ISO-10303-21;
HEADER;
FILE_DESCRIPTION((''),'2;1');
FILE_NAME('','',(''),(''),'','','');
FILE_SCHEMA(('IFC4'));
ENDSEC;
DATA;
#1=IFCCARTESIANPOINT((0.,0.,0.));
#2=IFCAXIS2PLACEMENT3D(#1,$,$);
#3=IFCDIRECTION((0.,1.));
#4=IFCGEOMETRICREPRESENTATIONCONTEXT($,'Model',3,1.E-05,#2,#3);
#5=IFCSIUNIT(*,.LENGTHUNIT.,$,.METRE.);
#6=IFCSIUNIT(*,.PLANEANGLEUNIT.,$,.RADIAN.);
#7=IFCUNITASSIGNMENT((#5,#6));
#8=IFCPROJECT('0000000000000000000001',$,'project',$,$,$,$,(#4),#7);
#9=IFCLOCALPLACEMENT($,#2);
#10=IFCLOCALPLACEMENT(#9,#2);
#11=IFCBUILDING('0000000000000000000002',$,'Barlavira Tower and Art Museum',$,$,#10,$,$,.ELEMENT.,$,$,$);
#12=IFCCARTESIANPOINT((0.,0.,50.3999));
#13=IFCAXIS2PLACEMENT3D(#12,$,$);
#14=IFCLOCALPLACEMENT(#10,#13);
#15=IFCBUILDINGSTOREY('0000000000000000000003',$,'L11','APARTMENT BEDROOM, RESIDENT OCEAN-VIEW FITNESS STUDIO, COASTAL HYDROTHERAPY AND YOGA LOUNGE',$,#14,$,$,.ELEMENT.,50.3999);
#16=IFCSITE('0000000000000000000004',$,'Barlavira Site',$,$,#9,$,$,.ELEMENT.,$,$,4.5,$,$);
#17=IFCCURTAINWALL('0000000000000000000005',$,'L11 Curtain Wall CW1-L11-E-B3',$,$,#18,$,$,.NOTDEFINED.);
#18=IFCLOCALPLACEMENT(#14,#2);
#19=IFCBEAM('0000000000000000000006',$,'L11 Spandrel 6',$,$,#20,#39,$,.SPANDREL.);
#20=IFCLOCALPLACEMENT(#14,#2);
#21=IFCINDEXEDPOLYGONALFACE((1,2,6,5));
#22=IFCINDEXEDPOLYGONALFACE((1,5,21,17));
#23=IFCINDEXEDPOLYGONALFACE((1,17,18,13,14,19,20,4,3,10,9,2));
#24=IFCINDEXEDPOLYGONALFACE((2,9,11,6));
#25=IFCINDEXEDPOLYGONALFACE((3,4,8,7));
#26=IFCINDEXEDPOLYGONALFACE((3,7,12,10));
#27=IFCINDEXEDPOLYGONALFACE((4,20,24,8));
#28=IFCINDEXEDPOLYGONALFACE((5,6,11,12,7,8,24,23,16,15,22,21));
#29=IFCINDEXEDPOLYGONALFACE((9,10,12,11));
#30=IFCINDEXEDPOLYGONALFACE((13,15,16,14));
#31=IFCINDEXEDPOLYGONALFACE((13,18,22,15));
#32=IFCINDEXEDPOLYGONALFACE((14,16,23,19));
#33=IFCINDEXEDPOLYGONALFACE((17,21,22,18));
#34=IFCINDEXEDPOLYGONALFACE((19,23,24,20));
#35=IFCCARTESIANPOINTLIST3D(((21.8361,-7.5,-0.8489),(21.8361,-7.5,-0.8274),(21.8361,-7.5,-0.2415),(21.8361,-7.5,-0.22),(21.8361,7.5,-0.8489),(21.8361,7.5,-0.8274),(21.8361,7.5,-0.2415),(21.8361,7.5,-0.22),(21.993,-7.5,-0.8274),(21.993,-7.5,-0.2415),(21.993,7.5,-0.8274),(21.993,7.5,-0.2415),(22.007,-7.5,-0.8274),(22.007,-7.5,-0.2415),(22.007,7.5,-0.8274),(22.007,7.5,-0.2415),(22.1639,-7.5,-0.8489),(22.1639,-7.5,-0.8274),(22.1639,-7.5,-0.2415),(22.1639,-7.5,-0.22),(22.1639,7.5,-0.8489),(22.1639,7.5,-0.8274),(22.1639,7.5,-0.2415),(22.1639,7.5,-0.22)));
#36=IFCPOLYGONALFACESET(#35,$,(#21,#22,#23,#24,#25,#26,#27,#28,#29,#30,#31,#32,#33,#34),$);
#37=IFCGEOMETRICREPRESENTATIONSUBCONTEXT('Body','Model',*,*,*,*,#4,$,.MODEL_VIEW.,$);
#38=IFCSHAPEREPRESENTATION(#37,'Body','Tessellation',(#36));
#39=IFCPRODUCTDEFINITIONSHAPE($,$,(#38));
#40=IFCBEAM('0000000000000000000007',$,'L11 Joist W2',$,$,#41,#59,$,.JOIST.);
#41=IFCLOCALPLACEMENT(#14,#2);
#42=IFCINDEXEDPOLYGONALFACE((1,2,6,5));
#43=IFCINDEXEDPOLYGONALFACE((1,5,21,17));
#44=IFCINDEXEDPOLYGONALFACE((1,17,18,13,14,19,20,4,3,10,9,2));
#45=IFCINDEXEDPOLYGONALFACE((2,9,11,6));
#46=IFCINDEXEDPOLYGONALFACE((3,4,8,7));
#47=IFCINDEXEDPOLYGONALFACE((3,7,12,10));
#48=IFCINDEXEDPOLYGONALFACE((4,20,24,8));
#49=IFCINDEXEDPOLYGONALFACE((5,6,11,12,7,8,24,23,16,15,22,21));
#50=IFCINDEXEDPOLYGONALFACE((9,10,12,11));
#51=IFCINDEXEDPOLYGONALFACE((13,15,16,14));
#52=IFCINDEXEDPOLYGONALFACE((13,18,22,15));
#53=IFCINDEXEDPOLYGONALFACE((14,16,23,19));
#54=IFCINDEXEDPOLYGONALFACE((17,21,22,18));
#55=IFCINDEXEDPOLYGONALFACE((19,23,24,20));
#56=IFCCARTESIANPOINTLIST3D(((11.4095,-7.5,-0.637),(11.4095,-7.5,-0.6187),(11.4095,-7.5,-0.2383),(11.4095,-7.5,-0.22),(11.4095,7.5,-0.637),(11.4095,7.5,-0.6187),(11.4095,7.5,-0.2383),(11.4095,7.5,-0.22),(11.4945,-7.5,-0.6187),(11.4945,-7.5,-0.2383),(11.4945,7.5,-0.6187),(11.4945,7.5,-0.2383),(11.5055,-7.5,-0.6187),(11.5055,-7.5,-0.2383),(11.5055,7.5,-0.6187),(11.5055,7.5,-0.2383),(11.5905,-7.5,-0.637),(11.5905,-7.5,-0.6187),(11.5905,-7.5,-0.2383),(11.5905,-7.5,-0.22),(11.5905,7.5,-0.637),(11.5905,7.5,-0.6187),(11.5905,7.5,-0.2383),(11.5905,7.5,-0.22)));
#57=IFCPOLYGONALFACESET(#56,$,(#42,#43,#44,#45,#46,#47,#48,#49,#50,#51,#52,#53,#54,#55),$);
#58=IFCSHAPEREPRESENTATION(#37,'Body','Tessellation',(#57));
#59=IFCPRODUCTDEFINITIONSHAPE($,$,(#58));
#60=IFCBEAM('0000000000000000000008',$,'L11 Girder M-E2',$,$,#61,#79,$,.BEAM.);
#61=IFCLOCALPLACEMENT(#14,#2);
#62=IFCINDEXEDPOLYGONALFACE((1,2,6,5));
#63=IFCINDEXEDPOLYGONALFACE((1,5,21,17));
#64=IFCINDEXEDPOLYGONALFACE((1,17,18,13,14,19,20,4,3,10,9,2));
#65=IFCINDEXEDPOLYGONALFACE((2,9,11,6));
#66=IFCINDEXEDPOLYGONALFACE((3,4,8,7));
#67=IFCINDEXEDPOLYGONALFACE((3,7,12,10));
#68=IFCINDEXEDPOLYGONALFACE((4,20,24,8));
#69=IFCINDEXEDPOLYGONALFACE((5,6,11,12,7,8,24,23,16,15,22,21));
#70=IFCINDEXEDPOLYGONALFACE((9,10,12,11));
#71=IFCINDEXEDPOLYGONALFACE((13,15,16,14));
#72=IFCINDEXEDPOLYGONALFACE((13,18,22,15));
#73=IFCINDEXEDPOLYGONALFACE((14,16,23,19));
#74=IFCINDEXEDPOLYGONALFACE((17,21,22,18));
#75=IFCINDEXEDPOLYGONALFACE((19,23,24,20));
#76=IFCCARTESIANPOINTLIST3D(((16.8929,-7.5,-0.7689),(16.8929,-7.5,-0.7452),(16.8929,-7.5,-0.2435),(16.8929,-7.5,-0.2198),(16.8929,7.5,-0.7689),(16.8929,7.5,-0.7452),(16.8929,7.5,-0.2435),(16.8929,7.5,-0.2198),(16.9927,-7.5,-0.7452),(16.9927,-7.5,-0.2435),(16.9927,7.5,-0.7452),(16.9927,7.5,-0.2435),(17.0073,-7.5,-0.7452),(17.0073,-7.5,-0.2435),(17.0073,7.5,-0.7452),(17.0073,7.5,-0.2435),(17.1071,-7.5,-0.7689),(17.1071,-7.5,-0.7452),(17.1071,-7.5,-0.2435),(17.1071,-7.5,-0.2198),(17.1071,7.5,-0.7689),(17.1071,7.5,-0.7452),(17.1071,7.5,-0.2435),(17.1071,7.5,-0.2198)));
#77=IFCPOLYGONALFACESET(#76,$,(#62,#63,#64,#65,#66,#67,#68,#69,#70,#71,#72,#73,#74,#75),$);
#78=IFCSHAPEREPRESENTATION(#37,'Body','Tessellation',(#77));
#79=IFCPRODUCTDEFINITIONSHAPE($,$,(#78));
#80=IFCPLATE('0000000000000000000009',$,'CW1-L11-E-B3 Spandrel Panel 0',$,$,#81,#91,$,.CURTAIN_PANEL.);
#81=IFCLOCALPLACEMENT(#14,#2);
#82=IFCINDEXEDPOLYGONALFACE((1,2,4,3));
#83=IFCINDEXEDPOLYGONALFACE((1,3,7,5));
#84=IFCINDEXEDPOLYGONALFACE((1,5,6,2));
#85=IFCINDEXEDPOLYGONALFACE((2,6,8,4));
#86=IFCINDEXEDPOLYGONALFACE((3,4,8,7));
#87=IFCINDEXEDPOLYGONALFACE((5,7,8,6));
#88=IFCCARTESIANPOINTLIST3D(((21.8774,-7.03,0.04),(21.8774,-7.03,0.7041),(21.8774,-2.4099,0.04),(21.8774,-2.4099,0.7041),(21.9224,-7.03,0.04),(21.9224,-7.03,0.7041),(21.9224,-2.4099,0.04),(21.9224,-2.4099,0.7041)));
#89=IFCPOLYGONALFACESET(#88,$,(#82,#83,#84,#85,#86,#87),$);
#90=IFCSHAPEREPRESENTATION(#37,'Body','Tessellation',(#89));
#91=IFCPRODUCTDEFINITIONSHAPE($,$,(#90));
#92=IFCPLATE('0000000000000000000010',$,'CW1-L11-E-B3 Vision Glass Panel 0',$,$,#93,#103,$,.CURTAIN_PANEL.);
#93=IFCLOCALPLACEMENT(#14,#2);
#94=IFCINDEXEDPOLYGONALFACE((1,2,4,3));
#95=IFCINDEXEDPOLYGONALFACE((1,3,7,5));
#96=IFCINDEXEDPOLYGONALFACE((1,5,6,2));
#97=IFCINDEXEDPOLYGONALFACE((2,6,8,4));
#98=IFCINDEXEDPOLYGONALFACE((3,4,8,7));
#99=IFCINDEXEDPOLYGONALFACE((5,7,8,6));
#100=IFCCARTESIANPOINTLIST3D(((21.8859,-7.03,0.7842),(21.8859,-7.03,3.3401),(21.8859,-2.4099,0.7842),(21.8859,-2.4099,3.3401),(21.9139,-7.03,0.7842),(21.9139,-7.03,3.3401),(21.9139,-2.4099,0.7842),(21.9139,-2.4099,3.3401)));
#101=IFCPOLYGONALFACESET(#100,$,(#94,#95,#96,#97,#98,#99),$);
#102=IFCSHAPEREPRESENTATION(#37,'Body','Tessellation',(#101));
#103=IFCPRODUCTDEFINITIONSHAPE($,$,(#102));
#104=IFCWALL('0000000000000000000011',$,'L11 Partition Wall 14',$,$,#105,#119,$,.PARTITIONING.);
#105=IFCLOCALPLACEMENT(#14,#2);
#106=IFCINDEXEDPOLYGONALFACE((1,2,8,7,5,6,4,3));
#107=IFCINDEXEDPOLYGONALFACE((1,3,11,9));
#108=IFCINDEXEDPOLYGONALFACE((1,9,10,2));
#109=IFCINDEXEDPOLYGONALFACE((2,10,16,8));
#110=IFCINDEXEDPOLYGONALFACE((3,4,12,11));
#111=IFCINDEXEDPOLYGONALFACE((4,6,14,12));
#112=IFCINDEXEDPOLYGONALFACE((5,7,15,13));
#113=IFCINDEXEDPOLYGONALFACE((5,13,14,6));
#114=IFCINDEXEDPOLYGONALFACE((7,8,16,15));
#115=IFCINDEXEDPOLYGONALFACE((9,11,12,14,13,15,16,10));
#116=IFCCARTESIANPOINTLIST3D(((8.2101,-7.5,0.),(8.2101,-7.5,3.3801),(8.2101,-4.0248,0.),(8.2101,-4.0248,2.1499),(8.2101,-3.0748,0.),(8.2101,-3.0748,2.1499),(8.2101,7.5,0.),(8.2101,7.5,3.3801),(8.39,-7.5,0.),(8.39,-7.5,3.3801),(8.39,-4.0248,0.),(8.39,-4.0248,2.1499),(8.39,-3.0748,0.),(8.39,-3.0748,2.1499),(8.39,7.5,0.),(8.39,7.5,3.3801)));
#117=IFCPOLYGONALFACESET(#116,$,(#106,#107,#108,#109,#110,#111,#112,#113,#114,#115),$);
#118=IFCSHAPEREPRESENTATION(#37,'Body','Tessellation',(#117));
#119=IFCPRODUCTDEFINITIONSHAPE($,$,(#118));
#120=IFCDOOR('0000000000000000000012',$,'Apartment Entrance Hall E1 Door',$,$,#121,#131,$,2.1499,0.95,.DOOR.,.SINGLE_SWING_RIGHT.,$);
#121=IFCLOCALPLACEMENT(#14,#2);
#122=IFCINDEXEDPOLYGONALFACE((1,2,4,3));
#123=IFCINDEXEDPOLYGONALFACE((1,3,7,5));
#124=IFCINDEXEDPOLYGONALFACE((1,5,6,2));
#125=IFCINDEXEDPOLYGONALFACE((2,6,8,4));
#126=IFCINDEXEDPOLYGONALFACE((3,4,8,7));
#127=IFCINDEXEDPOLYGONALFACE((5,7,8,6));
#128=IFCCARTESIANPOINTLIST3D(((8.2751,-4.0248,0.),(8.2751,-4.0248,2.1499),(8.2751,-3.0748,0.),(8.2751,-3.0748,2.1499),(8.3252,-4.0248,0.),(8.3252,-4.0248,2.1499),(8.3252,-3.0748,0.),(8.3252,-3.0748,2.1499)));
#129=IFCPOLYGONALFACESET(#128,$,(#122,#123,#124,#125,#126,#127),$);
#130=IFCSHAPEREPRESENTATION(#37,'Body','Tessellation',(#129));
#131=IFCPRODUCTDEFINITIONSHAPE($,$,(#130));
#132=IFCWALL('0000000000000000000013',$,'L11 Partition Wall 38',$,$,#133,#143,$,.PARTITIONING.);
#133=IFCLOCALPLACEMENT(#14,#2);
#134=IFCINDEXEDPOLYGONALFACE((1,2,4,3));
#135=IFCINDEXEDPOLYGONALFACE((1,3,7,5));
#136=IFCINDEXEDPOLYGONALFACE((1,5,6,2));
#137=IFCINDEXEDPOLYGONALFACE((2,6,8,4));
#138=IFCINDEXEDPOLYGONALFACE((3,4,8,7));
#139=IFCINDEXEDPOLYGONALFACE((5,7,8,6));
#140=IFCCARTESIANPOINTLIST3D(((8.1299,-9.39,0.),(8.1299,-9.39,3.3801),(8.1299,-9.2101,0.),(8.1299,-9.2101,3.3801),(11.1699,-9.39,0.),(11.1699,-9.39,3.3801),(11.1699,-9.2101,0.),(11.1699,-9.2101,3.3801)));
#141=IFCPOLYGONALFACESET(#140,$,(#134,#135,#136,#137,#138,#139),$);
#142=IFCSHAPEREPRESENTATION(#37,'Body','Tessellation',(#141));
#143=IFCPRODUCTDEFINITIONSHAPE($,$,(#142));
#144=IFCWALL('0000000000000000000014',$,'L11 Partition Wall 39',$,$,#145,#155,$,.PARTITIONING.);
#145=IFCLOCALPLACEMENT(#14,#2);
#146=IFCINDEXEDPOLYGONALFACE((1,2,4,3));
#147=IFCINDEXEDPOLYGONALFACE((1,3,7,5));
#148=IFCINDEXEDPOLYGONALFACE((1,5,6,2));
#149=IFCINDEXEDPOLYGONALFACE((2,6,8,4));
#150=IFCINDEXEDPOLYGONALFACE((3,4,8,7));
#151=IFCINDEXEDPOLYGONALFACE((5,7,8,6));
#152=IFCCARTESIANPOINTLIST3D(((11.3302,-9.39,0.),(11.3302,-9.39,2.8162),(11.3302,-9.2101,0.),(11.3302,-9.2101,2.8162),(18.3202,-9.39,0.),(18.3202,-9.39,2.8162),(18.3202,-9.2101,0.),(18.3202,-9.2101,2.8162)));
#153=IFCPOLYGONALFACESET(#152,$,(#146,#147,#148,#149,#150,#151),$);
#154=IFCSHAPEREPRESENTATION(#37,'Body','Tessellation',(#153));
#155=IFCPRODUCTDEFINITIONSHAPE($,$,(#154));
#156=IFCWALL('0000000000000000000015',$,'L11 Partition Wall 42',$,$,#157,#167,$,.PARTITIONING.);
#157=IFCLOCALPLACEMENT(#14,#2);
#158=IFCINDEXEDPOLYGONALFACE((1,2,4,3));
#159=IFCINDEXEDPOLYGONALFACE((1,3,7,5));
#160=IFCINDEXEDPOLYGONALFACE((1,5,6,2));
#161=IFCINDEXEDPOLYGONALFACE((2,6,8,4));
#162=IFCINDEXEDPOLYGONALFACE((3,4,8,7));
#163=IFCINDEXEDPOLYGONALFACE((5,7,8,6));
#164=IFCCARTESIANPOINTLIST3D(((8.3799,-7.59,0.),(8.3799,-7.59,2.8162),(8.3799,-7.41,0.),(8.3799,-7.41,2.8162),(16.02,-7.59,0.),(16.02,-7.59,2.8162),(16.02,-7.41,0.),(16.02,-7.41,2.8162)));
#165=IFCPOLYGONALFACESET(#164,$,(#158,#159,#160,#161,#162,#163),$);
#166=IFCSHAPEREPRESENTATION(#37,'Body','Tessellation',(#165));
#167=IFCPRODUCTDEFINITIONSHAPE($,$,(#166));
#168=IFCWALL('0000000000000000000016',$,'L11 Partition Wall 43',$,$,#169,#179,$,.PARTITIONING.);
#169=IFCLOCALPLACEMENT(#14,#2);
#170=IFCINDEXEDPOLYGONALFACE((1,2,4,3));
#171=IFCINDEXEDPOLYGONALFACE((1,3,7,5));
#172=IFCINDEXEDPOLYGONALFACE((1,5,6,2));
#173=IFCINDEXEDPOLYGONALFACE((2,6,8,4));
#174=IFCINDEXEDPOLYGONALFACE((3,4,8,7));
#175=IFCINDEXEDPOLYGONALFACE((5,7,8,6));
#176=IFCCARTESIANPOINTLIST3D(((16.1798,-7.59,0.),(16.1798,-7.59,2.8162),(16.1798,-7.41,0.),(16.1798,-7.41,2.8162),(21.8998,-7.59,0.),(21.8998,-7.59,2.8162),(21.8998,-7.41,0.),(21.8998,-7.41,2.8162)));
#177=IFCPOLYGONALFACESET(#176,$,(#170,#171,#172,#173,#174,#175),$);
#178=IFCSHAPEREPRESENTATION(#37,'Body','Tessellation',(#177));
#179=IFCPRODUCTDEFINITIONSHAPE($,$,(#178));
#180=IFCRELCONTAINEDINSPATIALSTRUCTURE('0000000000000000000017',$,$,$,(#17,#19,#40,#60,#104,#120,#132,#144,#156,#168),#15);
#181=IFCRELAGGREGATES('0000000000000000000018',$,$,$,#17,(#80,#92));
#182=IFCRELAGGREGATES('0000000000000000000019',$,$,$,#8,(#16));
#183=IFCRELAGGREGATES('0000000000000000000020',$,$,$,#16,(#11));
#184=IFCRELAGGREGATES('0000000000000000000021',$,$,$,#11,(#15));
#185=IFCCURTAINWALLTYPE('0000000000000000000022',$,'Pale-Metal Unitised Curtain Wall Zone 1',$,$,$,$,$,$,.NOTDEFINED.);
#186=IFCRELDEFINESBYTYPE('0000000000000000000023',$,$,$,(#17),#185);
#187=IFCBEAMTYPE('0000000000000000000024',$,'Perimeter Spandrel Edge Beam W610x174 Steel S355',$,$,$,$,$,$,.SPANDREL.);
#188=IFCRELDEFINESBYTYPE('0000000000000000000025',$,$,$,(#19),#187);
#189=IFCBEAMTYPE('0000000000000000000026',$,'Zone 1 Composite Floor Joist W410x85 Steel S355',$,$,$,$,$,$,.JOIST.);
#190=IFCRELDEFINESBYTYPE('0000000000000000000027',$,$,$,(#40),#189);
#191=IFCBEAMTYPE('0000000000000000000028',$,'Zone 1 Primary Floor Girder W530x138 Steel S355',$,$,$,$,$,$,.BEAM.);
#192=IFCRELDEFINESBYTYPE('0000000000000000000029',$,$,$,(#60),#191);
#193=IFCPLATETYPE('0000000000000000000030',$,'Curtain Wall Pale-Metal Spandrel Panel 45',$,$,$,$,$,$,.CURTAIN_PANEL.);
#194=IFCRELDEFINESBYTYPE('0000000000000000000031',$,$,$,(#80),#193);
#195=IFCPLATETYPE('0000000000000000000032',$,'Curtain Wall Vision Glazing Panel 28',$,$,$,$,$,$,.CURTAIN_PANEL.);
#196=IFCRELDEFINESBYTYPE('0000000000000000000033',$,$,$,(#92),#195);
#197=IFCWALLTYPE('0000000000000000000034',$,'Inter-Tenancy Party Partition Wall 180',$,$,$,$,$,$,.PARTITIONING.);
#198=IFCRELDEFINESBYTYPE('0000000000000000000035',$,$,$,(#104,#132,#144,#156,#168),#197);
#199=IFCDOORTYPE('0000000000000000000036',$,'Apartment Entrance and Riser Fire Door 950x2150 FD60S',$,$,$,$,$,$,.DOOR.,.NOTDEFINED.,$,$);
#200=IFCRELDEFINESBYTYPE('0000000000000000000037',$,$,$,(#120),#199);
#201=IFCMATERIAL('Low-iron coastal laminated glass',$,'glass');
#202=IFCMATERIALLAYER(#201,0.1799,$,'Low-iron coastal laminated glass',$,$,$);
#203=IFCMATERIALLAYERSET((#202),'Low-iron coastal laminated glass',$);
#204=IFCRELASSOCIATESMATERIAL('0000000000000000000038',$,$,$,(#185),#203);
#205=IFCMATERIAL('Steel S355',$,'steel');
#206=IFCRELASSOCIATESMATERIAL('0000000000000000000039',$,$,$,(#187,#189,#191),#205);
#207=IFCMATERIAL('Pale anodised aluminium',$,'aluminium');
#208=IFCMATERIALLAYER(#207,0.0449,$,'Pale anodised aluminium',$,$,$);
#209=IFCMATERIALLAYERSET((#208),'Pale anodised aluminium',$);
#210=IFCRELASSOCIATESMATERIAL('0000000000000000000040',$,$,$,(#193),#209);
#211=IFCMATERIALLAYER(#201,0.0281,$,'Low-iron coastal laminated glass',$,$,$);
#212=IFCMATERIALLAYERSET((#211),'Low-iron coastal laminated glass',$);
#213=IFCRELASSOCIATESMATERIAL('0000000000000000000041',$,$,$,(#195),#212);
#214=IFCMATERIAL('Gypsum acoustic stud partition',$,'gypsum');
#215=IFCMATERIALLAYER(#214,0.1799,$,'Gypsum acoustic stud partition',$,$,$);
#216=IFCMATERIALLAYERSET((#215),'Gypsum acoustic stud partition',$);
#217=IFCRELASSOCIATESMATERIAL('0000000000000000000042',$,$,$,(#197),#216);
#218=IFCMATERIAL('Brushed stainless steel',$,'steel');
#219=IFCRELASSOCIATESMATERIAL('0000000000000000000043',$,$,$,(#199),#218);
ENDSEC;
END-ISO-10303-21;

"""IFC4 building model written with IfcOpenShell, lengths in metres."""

from ifc_helpers import new_model, si_unit, direction, frame, frame_2d, origin, origin_2d, place, context, subcontext, project, spatial, rectangle, i_section, extrude, material, layer, layer_set, material_profile, profile_set, type_object, element, fill, aggregate, save


model = new_model("IFC4")

# Units and contexts
model_context = context("Model", 3, precision=1e-05, world=origin(), true_north=direction((0.0, 1.0)))
body_context = subcontext(model_context, "Body", "Model", "MODEL_VIEW")
ifc_project = project(units=[si_unit("LENGTHUNIT", "METRE"), si_unit("PLANEANGLEUNIT", "RADIAN")], contexts=[model_context])

# Site, building, storey
site_placement = place(None, origin())
site = spatial("IfcSite", under=ifc_project, at=site_placement, Name="Barlavira Site", CompositionType="ELEMENT", RefElevation=4.5)
building_placement = place(site_placement, origin())
building = spatial("IfcBuilding", under=site, at=building_placement, Name="Barlavira Tower and Art Museum", CompositionType="ELEMENT")
storey_placement = place(building_placement, frame((0.0, 0.0, 50.3999)))
storey = spatial("IfcBuildingStorey", under=building, at=storey_placement, Name="L11", Description="APARTMENT BEDROOM, RESIDENT OCEAN-VIEW FITNESS STUDIO, COASTAL HYDROTHERAPY AND YOGA LOUNGE", CompositionType="ELEMENT", Elevation=50.3999)

# Curtain wall
ifc_material_1 = material(Name="Low-iron coastal laminated glass", Category="glass")
ifc_layer_1 = layer(ifc_material_1, 0.1799, Name="Low-iron coastal laminated glass")
ifc_layer_set_1 = layer_set([ifc_layer_1], Name="Low-iron coastal laminated glass")
curtain_wall_type = type_object("IfcCurtainWallType", Name="Pale-Metal Unitised Curtain Wall Zone 1", PredefinedType="NOTDEFINED", material=ifc_layer_set_1)
curtain_wall_placement = place(storey_placement, origin())
curtain_wall = element("IfcCurtainWall", 1, at=curtain_wall_placement, inside=storey, type_object=curtain_wall_type, Name="L11 Curtain Wall CW1-L11-E-B3", PredefinedType="NOTDEFINED")
ifc_material_2 = material(Name="Pale anodised aluminium", Category="aluminium")

# Shared definitions
ifc_material_3 = material(Name="Steel S355", Category="steel")

# Beams
ifc_material_profile_1 = material_profile(ifc_material_3, i_section(OverallWidth=0.3279, OverallDepth=0.6289, WebThickness=0.0139, FlangeThickness=0.0215, at=origin_2d()), Name="W610x174.0")
ifc_profile_set_1 = profile_set([ifc_material_profile_1], Name="Steel S355")
beam_type_1 = type_object("IfcBeamType", Name="Perimeter Spandrel Edge Beam W610x174 Steel S355", PredefinedType="SPANDREL", material=ifc_profile_set_1)
beam_1_placement = place(storey_placement, frame((22.0, -7.5, -0.5344), z_axis=(0.0, 1.0, 0.0), x_axis=(-1.0, 0.0, 0.0)))
element("IfcBeam", 2, at=beam_1_placement, inside=storey, type_object=beam_type_1, Name="L11 Spandrel 6", PredefinedType="SPANDREL", context=body_context, shape_type="SweptSolid", body=[
    extrude(i_section(OverallWidth=0.3279, OverallDepth=0.6289, WebThickness=0.0139, FlangeThickness=0.0215, at=origin_2d()), origin(), (0.0, 0.0, 1.0), 15.0),
])
ifc_material_profile_2 = material_profile(ifc_material_3, i_section(OverallWidth=0.1809, OverallDepth=0.417, WebThickness=0.011, FlangeThickness=0.0183, at=origin_2d()), Name="W410x85.0")
ifc_profile_set_2 = profile_set([ifc_material_profile_2], Name="Steel S355")
beam_type_2 = type_object("IfcBeamType", Name="Zone 1 Composite Floor Joist W410x85 Steel S355", PredefinedType="JOIST", material=ifc_profile_set_2)
beam_2_placement = place(storey_placement, frame((11.5, -7.5, -0.4285), z_axis=(0.0, 1.0, 0.0), x_axis=(-1.0, 0.0, 0.0)))
element("IfcBeam", 3, at=beam_2_placement, inside=storey, type_object=beam_type_2, Name="L11 Joist W2", PredefinedType="JOIST", context=body_context, shape_type="SweptSolid", body=[
    extrude(i_section(OverallWidth=0.1809, OverallDepth=0.417, WebThickness=0.011, FlangeThickness=0.0183, at=origin_2d()), origin(), (0.0, 0.0, 1.0), 15.0),
])
ifc_material_profile_3 = material_profile(ifc_material_3, i_section(OverallWidth=0.2141, OverallDepth=0.5491, WebThickness=0.0146, FlangeThickness=0.0237, at=origin_2d()), Name="W530x138.0")
ifc_profile_set_3 = profile_set([ifc_material_profile_3], Name="Steel S355")
beam_type_3 = type_object("IfcBeamType", Name="Zone 1 Primary Floor Girder W530x138 Steel S355", PredefinedType="BEAM", material=ifc_profile_set_3)
beam_3_placement = place(storey_placement, frame((17.0, -7.5, -0.4944), z_axis=(0.0, 1.0, 0.0), x_axis=(-1.0, 0.0, 0.0)))
element("IfcBeam", 4, at=beam_3_placement, inside=storey, type_object=beam_type_3, Name="L11 Girder M-E2", PredefinedType="BEAM", context=body_context, shape_type="SweptSolid", body=[
    extrude(i_section(OverallWidth=0.2141, OverallDepth=0.5491, WebThickness=0.0146, FlangeThickness=0.0237, at=origin_2d()), origin(), (0.0, 0.0, 1.0), 15.0),
])

# Plates
ifc_layer_2 = layer(ifc_material_2, 0.0449, Name="Pale anodised aluminium")
ifc_layer_set_2 = layer_set([ifc_layer_2], Name="Pale anodised aluminium")
plate_type_1 = type_object("IfcPlateType", Name="Curtain Wall Pale-Metal Spandrel Panel 45", PredefinedType="CURTAIN_PANEL", material=ifc_layer_set_2)
plate_1_placement = place(storey_placement, frame((21.8999, -4.72, 0.04), z_axis=(0.0, 0.0, 1.0), x_axis=(0.0, 1.0, 0.0)))
plate_1 = element("IfcPlate", 5, at=plate_1_placement, type_object=plate_type_1, Name="CW1-L11-E-B3 Spandrel Panel 0", PredefinedType="CURTAIN_PANEL", context=body_context, shape_type="SweptSolid", body=[
    extrude(rectangle(XDim=4.6201, YDim=0.0449, at=origin_2d()), origin(), (0.0, 0.0, 1.0), 0.6641),
])
ifc_layer_3 = layer(ifc_material_1, 0.0281, Name="Low-iron coastal laminated glass")
ifc_layer_set_3 = layer_set([ifc_layer_3], Name="Low-iron coastal laminated glass")
plate_type_2 = type_object("IfcPlateType", Name="Curtain Wall Vision Glazing Panel 28", PredefinedType="CURTAIN_PANEL", material=ifc_layer_set_3)
plate_2_placement = place(storey_placement, frame((21.8999, -4.72, 0.7842), z_axis=(0.0, 0.0, 1.0), x_axis=(0.0, 1.0, 0.0)))
plate_2 = element("IfcPlate", 6, at=plate_2_placement, type_object=plate_type_2, Name="CW1-L11-E-B3 Vision Glass Panel 0", PredefinedType="CURTAIN_PANEL", context=body_context, shape_type="SweptSolid", body=[
    extrude(rectangle(XDim=4.6201, YDim=0.0281, at=origin_2d()), origin(), (0.0, 0.0, 1.0), 2.5559),
])
aggregate(curtain_wall, [plate_1, plate_2])

# Wall, opening, door
ifc_material_4 = material(Name="Gypsum acoustic stud partition", Category="gypsum")
ifc_layer_4 = layer(ifc_material_4, 0.1799, Name="Gypsum acoustic stud partition")
ifc_layer_set_4 = layer_set([ifc_layer_4], Name="Gypsum acoustic stud partition")
wall_type_1 = type_object("IfcWallType", Name="Inter-Tenancy Party Partition Wall 180", PredefinedType="PARTITIONING", material=ifc_layer_set_4)
wall_1_placement = place(storey_placement, frame((8.3, -7.5, 0.0), z_axis=(0.0, 0.0, 1.0), x_axis=(0.0, 1.0, 0.0)))
wall_1 = element("IfcWall", 7, at=wall_1_placement, inside=storey, type_object=wall_type_1, Name="L11 Partition Wall 14", PredefinedType="PARTITIONING", context=body_context, shape_type="SweptSolid", body=[
    extrude(rectangle(XDim=15.0, YDim=0.1799, at=frame_2d((7.5, 0.0))), origin(), (0.0, 0.0, 1.0), 3.3801),
])
opening_1_placement = place(wall_1_placement, frame((3.4751, 0.0, 0.0)))
opening_1 = element("IfcOpeningElement", 8, at=opening_1_placement, cuts=wall_1, PredefinedType="OPENING", context=body_context, shape_type="SweptSolid", body=[
    extrude(rectangle(XDim=0.95, YDim=2.1499, at=frame_2d((0.4751, 1.075))), frame((0.0, 0.1001, 0.0), z_axis=(0.0, -1.0, 0.0), x_axis=(1.0, 0.0, 0.0)), (0.0, 0.0, 1.0), 0.2),
])
ifc_material_5 = material(Name="Brushed stainless steel", Category="steel")
door_type_1 = type_object("IfcDoorType", Name="Apartment Entrance and Riser Fire Door 950x2150 FD60S", OperationType="NOTDEFINED", PredefinedType="DOOR", material=ifc_material_5)
door_1_placement = place(opening_1_placement, origin())
door_1 = element("IfcDoor", 9, at=door_1_placement, inside=storey, type_object=door_type_1, Name="Apartment Entrance Hall E1 Door", OperationType="SINGLE_SWING_RIGHT", OverallHeight=2.1499, OverallWidth=0.95, PredefinedType="DOOR", context=body_context, shape_type="SweptSolid", body=[
    extrude(rectangle(XDim=0.95, YDim=2.1499, at=frame_2d((0.4751, 1.075))), frame((0.0, 0.0249, 0.0), z_axis=(0.0, -1.0, 0.0), x_axis=(1.0, 0.0, 0.0)), (0.0, 0.0, 1.0), 0.05),
])
fill(opening_1, door_1)

# Walls
wall_2_placement = place(storey_placement, frame((8.1299, -9.3, 0.0), z_axis=(0.0, 0.0, 1.0), x_axis=(1.0, 0.0, 0.0)))
element("IfcWall", 10, at=wall_2_placement, inside=storey, type_object=wall_type_1, Name="L11 Partition Wall 38", PredefinedType="PARTITIONING", context=body_context, shape_type="SweptSolid", body=[
    extrude(rectangle(XDim=3.04, YDim=0.1799, at=frame_2d((1.52, 0.0))), origin(), (0.0, 0.0, 1.0), 3.3801),
])
wall_3_placement = place(storey_placement, frame((11.3301, -9.3, 0.0), z_axis=(0.0, 0.0, 1.0), x_axis=(1.0, 0.0, 0.0)))
element("IfcWall", 11, at=wall_3_placement, inside=storey, type_object=wall_type_1, Name="L11 Partition Wall 39", PredefinedType="PARTITIONING", context=body_context, shape_type="SweptSolid", body=[
    extrude(rectangle(XDim=6.99, YDim=0.1799, at=frame_2d((3.4951, 0.0))), origin(), (0.0, 0.0, 1.0), 2.8162),
])
wall_4_placement = place(storey_placement, frame((8.3799, -7.5, 0.0), z_axis=(0.0, 0.0, 1.0), x_axis=(1.0, 0.0, 0.0)))
element("IfcWall", 12, at=wall_4_placement, inside=storey, type_object=wall_type_1, Name="L11 Partition Wall 42", PredefinedType="PARTITIONING", context=body_context, shape_type="SweptSolid", body=[
    extrude(rectangle(XDim=7.6401, YDim=0.1799, at=frame_2d((3.8201, 0.0))), origin(), (0.0, 0.0, 1.0), 2.8162),
])
wall_5_placement = place(storey_placement, frame((16.1799, -7.5, 0.0), z_axis=(0.0, 0.0, 1.0), x_axis=(1.0, 0.0, 0.0)))
element("IfcWall", 13, at=wall_5_placement, inside=storey, type_object=wall_type_1, Name="L11 Partition Wall 43", PredefinedType="PARTITIONING", context=body_context, shape_type="SweptSolid", body=[
    extrude(rectangle(XDim=5.72, YDim=0.1799, at=frame_2d((2.8599, 0.0))), origin(), (0.0, 0.0, 1.0), 2.8162),
])

save(model, "model.ifc")
